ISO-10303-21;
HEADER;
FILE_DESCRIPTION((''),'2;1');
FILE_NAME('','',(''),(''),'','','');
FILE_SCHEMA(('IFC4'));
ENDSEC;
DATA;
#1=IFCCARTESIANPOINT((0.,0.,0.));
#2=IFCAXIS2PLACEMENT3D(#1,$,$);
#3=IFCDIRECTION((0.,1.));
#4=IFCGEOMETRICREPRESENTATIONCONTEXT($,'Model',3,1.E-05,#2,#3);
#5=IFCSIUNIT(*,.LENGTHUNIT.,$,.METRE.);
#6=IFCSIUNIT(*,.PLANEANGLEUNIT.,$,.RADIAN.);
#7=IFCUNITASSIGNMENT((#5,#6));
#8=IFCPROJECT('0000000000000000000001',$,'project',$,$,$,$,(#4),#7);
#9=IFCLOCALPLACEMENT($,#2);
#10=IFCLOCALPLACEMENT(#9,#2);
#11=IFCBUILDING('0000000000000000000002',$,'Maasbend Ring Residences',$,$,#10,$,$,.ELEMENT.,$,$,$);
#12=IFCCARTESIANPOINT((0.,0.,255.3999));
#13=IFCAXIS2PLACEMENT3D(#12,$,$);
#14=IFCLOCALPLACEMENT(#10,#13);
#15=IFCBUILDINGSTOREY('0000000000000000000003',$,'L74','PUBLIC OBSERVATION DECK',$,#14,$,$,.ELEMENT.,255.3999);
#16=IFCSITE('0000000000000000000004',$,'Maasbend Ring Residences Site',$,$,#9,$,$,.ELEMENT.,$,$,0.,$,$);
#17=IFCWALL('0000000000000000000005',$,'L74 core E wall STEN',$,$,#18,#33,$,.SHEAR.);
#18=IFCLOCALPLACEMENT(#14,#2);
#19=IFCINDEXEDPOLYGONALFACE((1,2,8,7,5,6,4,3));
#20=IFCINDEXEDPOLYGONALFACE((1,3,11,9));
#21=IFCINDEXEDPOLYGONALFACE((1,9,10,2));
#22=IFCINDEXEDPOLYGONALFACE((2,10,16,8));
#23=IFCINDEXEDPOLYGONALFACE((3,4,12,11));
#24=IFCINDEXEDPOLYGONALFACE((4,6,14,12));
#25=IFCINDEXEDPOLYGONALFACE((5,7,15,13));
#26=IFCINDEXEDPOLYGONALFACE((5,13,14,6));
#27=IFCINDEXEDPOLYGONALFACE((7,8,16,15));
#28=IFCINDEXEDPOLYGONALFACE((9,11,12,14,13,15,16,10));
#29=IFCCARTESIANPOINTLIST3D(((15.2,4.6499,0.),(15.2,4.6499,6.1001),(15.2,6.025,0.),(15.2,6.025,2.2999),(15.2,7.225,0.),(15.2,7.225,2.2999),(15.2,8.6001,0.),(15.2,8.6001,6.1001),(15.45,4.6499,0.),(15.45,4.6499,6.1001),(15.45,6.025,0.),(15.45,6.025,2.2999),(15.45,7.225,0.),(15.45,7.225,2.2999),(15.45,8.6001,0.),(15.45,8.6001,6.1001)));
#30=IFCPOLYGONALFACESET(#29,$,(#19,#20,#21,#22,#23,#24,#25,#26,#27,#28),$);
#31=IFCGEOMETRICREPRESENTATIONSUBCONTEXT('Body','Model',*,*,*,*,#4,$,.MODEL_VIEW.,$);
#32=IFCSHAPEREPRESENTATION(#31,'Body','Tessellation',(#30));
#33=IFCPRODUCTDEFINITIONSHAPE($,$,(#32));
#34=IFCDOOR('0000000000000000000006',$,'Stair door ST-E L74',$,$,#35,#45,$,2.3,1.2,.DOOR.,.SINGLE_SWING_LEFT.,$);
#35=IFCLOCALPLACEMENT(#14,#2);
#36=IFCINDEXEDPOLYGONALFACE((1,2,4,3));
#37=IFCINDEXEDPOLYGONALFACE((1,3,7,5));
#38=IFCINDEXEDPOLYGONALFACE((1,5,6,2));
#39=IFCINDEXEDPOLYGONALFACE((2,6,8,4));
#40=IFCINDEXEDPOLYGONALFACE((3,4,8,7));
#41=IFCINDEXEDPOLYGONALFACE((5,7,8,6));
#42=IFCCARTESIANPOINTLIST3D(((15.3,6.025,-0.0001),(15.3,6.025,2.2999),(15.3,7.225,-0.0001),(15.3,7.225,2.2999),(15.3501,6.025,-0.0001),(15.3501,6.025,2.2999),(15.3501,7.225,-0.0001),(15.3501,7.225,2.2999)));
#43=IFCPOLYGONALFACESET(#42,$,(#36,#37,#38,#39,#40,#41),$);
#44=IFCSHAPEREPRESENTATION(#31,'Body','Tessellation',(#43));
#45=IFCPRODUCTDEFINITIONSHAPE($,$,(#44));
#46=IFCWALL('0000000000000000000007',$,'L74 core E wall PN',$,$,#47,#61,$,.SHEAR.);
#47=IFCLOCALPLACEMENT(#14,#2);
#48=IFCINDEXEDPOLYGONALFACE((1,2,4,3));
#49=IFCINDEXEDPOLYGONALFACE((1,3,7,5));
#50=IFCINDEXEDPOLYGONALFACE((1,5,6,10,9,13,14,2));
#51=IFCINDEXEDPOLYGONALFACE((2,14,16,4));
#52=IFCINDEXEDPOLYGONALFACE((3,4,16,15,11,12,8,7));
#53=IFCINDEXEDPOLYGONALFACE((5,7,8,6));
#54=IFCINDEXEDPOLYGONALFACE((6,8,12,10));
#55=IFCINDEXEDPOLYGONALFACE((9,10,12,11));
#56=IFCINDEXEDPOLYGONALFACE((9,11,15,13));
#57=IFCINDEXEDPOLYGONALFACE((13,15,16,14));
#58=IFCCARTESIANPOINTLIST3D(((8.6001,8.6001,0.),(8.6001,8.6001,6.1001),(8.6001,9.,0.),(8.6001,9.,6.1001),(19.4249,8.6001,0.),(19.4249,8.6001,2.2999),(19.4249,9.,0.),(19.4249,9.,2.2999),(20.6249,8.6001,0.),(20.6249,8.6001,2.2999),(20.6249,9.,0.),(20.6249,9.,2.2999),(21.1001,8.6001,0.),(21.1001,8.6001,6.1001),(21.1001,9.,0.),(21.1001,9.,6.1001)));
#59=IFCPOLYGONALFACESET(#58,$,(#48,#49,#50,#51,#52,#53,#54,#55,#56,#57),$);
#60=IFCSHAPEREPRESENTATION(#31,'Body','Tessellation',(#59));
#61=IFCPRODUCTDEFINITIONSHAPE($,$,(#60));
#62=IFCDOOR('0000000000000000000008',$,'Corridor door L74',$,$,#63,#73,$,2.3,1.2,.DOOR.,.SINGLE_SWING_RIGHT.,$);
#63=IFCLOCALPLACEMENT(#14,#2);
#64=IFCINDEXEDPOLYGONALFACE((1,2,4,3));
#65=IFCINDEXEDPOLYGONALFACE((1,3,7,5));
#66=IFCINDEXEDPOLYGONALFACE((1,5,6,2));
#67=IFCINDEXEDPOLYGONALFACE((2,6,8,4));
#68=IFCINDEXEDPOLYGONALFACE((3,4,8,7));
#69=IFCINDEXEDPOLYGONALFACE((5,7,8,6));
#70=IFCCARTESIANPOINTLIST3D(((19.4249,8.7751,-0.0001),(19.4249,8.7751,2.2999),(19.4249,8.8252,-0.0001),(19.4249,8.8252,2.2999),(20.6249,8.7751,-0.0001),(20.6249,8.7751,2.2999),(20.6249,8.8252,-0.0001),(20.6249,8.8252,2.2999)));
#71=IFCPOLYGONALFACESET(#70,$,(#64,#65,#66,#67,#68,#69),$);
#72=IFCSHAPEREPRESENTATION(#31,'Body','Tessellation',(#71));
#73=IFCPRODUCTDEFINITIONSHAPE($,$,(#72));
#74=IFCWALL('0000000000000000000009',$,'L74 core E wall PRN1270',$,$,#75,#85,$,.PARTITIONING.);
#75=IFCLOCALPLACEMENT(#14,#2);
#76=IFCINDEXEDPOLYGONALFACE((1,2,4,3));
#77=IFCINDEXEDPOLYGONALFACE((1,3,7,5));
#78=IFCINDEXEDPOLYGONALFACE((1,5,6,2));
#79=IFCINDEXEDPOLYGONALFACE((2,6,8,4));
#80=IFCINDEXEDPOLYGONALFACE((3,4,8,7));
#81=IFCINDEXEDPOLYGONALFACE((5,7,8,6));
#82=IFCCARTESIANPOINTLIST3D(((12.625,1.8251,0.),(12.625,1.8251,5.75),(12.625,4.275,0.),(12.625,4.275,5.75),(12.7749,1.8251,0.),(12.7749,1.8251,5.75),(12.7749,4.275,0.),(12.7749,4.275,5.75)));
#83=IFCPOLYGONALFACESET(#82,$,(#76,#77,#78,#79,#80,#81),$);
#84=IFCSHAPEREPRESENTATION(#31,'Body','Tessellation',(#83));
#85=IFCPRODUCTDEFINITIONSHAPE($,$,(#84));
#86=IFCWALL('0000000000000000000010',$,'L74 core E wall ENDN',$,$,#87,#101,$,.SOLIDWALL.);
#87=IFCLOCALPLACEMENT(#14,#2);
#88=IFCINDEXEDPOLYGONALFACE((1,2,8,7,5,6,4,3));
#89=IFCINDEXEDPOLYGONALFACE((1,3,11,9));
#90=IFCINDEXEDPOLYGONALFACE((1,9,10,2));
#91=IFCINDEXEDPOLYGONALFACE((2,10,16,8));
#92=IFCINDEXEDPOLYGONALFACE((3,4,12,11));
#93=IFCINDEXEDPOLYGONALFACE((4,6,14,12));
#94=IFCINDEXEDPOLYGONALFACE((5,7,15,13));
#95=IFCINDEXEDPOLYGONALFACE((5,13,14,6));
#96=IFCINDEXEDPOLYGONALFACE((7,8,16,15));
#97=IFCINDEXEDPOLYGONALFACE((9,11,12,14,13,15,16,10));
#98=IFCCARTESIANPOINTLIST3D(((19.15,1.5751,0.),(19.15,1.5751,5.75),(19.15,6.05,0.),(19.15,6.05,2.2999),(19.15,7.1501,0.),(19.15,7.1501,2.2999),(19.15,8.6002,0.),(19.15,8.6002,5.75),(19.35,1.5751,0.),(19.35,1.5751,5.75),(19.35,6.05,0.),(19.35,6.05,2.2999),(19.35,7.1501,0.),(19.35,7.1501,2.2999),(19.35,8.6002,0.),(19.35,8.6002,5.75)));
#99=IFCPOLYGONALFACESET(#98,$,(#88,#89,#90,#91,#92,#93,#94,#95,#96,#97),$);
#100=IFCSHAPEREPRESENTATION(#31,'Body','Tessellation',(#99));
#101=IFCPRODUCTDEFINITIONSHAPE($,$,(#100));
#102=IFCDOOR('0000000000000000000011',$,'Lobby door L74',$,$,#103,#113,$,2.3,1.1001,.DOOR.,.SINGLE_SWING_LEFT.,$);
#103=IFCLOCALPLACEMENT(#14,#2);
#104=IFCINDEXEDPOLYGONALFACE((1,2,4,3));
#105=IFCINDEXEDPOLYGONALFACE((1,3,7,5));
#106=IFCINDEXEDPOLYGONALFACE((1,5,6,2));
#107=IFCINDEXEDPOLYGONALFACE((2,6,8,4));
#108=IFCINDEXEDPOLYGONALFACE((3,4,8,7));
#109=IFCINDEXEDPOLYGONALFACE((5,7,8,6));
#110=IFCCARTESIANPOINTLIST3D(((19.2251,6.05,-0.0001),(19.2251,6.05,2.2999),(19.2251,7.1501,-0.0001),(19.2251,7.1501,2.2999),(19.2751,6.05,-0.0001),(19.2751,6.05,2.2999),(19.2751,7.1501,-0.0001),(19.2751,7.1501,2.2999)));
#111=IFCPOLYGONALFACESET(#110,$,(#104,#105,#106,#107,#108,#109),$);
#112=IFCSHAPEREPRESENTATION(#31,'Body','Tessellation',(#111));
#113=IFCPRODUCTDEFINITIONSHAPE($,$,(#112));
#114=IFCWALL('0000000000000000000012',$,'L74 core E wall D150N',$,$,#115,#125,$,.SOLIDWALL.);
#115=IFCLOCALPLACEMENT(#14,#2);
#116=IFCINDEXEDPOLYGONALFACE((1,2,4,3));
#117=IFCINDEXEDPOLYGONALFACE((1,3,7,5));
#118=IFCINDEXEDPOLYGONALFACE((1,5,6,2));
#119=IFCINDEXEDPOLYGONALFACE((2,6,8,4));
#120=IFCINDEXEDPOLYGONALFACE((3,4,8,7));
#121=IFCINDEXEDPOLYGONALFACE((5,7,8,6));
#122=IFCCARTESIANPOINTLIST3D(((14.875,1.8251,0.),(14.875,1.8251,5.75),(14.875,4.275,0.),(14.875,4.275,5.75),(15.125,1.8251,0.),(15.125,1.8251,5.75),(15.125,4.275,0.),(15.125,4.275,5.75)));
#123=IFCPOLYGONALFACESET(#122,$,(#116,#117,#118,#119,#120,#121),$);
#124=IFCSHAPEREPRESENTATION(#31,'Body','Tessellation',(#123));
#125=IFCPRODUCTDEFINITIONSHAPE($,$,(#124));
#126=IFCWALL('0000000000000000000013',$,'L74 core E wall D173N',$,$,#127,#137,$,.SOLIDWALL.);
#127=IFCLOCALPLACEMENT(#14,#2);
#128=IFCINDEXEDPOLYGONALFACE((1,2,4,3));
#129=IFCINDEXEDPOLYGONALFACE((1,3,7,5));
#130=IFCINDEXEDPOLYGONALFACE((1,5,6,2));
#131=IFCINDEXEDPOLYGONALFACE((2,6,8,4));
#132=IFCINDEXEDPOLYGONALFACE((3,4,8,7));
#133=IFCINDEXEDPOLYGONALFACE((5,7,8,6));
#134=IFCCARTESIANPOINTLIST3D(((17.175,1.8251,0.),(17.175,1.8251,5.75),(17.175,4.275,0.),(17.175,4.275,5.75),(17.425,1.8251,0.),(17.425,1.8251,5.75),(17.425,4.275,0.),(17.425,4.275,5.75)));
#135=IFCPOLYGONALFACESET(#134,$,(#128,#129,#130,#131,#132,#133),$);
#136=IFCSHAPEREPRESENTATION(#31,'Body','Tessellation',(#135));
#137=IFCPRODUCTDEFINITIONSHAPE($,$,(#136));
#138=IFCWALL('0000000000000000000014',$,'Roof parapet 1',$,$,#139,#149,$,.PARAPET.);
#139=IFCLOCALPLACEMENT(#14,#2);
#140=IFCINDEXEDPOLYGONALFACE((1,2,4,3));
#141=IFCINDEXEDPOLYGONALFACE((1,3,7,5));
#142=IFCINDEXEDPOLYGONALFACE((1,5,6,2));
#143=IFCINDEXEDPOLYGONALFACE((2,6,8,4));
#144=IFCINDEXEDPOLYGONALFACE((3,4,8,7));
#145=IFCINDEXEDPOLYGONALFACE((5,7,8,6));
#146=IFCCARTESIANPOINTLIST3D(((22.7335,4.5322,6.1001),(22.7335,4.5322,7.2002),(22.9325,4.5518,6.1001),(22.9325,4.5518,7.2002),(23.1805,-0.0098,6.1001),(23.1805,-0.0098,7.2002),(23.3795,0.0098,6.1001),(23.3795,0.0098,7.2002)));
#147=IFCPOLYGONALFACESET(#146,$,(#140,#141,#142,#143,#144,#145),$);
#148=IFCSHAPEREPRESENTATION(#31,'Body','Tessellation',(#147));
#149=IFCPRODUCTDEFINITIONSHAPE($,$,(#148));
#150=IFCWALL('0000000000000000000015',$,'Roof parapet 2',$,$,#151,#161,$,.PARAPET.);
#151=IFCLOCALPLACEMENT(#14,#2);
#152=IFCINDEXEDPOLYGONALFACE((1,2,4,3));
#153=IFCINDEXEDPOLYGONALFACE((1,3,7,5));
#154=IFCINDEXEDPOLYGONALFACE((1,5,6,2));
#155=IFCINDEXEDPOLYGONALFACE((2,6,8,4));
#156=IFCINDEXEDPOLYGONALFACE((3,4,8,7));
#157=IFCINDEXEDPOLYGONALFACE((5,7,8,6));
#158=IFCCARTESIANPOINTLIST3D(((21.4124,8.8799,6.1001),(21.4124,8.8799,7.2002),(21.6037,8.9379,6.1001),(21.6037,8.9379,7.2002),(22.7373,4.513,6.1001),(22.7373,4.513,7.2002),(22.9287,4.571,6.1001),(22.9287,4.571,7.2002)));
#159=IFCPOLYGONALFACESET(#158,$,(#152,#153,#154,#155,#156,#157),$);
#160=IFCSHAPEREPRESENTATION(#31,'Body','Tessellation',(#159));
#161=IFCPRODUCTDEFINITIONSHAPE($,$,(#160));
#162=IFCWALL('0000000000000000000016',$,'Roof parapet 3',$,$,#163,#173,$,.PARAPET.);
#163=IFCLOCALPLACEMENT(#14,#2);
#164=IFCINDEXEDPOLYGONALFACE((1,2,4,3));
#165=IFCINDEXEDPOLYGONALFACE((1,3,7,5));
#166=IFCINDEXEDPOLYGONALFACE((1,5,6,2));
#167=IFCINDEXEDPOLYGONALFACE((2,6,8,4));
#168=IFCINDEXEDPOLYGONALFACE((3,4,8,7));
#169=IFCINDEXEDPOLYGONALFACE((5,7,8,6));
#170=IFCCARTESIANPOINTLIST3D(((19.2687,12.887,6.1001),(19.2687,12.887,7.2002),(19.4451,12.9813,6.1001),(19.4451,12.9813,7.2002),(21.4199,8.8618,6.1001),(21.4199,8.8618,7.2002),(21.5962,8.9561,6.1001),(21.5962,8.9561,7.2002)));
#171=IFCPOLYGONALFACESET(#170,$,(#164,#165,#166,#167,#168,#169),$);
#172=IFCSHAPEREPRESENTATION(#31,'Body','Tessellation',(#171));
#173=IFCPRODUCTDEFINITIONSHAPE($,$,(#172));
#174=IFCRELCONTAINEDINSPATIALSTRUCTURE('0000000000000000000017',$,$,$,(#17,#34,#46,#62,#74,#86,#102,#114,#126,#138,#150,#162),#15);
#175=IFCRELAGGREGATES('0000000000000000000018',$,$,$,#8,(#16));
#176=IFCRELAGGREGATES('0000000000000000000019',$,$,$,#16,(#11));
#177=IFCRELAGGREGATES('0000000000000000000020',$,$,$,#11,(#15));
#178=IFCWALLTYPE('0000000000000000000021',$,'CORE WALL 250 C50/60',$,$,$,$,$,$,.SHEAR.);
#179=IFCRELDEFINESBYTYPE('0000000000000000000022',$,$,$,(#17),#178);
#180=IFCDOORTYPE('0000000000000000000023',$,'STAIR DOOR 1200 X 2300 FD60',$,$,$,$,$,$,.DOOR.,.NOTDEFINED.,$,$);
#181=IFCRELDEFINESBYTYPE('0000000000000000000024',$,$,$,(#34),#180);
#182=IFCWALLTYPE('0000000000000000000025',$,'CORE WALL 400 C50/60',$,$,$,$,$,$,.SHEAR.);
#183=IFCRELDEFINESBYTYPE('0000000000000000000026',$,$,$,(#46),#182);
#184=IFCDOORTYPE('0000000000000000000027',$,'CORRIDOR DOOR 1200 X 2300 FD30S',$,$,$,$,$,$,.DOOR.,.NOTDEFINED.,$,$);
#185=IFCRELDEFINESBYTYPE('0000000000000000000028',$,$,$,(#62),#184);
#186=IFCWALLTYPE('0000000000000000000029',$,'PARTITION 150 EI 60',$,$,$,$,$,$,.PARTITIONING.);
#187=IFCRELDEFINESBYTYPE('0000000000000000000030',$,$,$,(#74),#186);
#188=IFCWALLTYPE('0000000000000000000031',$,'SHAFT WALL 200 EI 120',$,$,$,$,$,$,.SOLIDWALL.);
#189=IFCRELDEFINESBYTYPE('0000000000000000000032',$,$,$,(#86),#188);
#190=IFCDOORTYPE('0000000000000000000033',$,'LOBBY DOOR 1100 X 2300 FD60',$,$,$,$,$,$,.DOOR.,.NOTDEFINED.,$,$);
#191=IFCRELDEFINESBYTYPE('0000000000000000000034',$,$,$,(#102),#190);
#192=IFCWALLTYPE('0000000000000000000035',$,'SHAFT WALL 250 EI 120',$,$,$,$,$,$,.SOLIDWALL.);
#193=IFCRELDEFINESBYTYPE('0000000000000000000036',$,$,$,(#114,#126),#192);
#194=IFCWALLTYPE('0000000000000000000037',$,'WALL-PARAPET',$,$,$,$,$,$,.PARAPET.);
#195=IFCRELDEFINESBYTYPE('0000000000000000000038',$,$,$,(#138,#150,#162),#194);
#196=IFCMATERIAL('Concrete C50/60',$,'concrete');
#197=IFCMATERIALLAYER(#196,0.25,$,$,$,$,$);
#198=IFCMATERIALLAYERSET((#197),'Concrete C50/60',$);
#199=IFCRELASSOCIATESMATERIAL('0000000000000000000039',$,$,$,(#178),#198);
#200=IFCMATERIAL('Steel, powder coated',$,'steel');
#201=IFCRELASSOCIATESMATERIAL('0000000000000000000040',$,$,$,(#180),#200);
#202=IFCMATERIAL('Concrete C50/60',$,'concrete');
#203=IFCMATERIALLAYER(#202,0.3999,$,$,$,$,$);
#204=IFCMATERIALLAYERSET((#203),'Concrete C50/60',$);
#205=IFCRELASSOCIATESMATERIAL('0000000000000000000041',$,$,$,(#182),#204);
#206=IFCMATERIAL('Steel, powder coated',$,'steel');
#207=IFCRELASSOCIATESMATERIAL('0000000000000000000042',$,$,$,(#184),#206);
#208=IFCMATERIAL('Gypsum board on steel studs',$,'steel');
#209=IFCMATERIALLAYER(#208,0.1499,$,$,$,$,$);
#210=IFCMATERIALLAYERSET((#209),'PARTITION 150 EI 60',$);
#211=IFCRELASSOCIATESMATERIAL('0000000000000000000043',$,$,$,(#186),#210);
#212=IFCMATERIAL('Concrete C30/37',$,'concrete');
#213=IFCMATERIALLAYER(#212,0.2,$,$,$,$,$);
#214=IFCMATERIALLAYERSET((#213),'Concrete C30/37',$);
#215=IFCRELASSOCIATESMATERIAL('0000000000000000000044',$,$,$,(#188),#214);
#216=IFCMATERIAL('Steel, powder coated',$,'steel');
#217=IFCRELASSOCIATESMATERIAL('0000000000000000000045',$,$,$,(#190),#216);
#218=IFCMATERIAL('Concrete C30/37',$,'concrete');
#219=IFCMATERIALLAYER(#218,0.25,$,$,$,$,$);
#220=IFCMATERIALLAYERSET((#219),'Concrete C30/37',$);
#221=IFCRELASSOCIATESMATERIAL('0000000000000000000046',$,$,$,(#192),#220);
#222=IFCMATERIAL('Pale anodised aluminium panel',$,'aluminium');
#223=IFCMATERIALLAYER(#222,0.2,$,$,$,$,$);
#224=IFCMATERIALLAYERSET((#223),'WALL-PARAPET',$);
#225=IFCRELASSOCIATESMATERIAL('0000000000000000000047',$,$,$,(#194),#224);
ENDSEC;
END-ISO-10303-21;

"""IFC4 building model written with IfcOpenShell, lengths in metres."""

from ifc_helpers import new_model, si_unit, direction, frame, frame_2d, origin, place, context, subcontext, project, spatial, rectangle, extrude, material, layer, layer_set, type_object, element, fill, save


model = new_model("IFC4")

# Units and contexts
model_context = context("Model", 3, precision=1e-05, world=origin(), true_north=direction((0.0, 1.0)))
body_context = subcontext(model_context, "Body", "Model", "MODEL_VIEW")
ifc_project = project(units=[si_unit("LENGTHUNIT", "METRE"), si_unit("PLANEANGLEUNIT", "RADIAN")], contexts=[model_context])

# Site, building, storey
site_placement = place(None, origin())
site = spatial("IfcSite", under=ifc_project, at=site_placement, Name="Maasbend Ring Residences Site", CompositionType="ELEMENT", RefElevation=0.0)
building_placement = place(site_placement, origin())
building = spatial("IfcBuilding", under=site, at=building_placement, Name="Maasbend Ring Residences", CompositionType="ELEMENT")
storey_placement = place(building_placement, frame((0.0, 0.0, 255.3999)))
storey = spatial("IfcBuildingStorey", under=building, at=storey_placement, Name="L74", Description="PUBLIC OBSERVATION DECK", CompositionType="ELEMENT", Elevation=255.3999)

# Walls, openings, doors
ifc_material_1 = material(Name="Concrete C50/60", Category="concrete")
ifc_layer_1 = layer(ifc_material_1, 0.25)
ifc_layer_set_1 = layer_set([ifc_layer_1], Name="Concrete C50/60")
wall_type_1 = type_object("IfcWallType", Name="CORE WALL 250 C50/60", PredefinedType="SHEAR", material=ifc_layer_set_1)
wall_1_placement = place(storey_placement, frame((15.325, 4.6499, 0.0), z_axis=(0.0, 0.0, 1.0), x_axis=(0.0, 1.0, 0.0)))
wall_1 = element("IfcWall", 1, at=wall_1_placement, inside=storey, type_object=wall_type_1, Name="L74 core E wall STEN", PredefinedType="SHEAR", context=body_context, shape_type="SweptSolid", body=[
    extrude(rectangle(XDim=3.9502, YDim=0.25, at=frame_2d((1.9751, 0.0))), origin(), (0.0, 0.0, 1.0), 6.1001),
])
opening_1_placement = place(wall_1_placement, frame((1.375, 0.0, 0.0)))
opening_1 = element("IfcOpeningElement", 2, at=opening_1_placement, cuts=wall_1, PredefinedType="OPENING", context=body_context, shape_type="SweptSolid", body=[
    extrude(rectangle(XDim=1.2, YDim=2.3, at=frame_2d((0.6001, 1.1499))), frame((0.0, 0.135, 0.0), z_axis=(0.0, -1.0, 0.0), x_axis=(1.0, 0.0, 0.0)), (0.0, 0.0, 1.0), 0.27),
])
ifc_material_2 = material(Name="Steel, powder coated", Category="steel")
door_type_1 = type_object("IfcDoorType", Name="STAIR DOOR 1200 X 2300 FD60", OperationType="NOTDEFINED", PredefinedType="DOOR", material=ifc_material_2)
door_1_placement = place(opening_1_placement, origin())
door_1 = element("IfcDoor", 3, at=door_1_placement, inside=storey, type_object=door_type_1, Name="Stair door ST-E L74", OperationType="SINGLE_SWING_LEFT", OverallHeight=2.3, OverallWidth=1.2, PredefinedType="DOOR", context=body_context, shape_type="SweptSolid", body=[
    extrude(rectangle(XDim=1.2, YDim=2.3, at=frame_2d((0.6001, 1.1499))), frame((0.0, 0.0249, 0.0), z_axis=(0.0, -1.0, 0.0), x_axis=(1.0, 0.0, 0.0)), (0.0, 0.0, 1.0), 0.05),
])
fill(opening_1, door_1)
ifc_material_3 = material(Name="Concrete C50/60", Category="concrete")
ifc_layer_2 = layer(ifc_material_3, 0.3999)
ifc_layer_set_2 = layer_set([ifc_layer_2], Name="Concrete C50/60")
wall_type_2 = type_object("IfcWallType", Name="CORE WALL 400 C50/60", PredefinedType="SHEAR", material=ifc_layer_set_2)
wall_2_placement = place(storey_placement, frame((21.1001, 8.8, 0.0), z_axis=(0.0, 0.0, 1.0), x_axis=(-1.0, 0.0, 0.0)))
wall_2 = element("IfcWall", 4, at=wall_2_placement, inside=storey, type_object=wall_type_2, Name="L74 core E wall PN", PredefinedType="SHEAR", context=body_context, shape_type="SweptSolid", body=[
    extrude(rectangle(XDim=12.5, YDim=0.3999, at=frame_2d((6.25, 0.0))), origin(), (0.0, 0.0, 1.0), 6.1001),
])
opening_2_placement = place(wall_2_placement, frame((0.4751, 0.0, 0.0)))
opening_2 = element("IfcOpeningElement", 5, at=opening_2_placement, cuts=wall_2, PredefinedType="OPENING", context=body_context, shape_type="SweptSolid", body=[
    extrude(rectangle(XDim=1.2, YDim=2.3, at=frame_2d((0.6001, 1.1499))), frame((0.0, 0.21, 0.0), z_axis=(0.0, -1.0, 0.0), x_axis=(1.0, 0.0, 0.0)), (0.0, 0.0, 1.0), 0.4199),
])
ifc_material_4 = material(Name="Steel, powder coated", Category="steel")
door_type_2 = type_object("IfcDoorType", Name="CORRIDOR DOOR 1200 X 2300 FD30S", OperationType="NOTDEFINED", PredefinedType="DOOR", material=ifc_material_4)
door_2_placement = place(opening_2_placement, origin())
door_2 = element("IfcDoor", 6, at=door_2_placement, inside=storey, type_object=door_type_2, Name="Corridor door L74", OperationType="SINGLE_SWING_RIGHT", OverallHeight=2.3, OverallWidth=1.2, PredefinedType="DOOR", context=body_context, shape_type="SweptSolid", body=[
    extrude(rectangle(XDim=1.2, YDim=2.3, at=frame_2d((0.6001, 1.1499))), frame((0.0, 0.0249, 0.0), z_axis=(0.0, -1.0, 0.0), x_axis=(1.0, 0.0, 0.0)), (0.0, 0.0, 1.0), 0.05),
])
fill(opening_2, door_2)

# Wall
ifc_material_5 = material(Name="Gypsum board on steel studs", Category="steel")
ifc_layer_3 = layer(ifc_material_5, 0.1499)
ifc_layer_set_3 = layer_set([ifc_layer_3], Name="PARTITION 150 EI 60")
wall_type_3 = type_object("IfcWallType", Name="PARTITION 150 EI 60", PredefinedType="PARTITIONING", material=ifc_layer_set_3)
wall_3_placement = place(storey_placement, frame((12.7, 1.825, 0.0), z_axis=(0.0, 0.0, 1.0), x_axis=(0.0, 1.0, 0.0)))
element("IfcWall", 7, at=wall_3_placement, inside=storey, type_object=wall_type_3, Name="L74 core E wall PRN1270", PredefinedType="PARTITIONING", context=body_context, shape_type="SweptSolid", body=[
    extrude(rectangle(XDim=2.45, YDim=0.1499, at=frame_2d((1.2251, 0.0))), origin(), (0.0, 0.0, 1.0), 5.75),
])

# Wall, opening, door
ifc_material_6 = material(Name="Concrete C30/37", Category="concrete")
ifc_layer_4 = layer(ifc_material_6, 0.2)
ifc_layer_set_4 = layer_set([ifc_layer_4], Name="Concrete C30/37")
wall_type_4 = type_object("IfcWallType", Name="SHAFT WALL 200 EI 120", PredefinedType="SOLIDWALL", material=ifc_layer_set_4)
wall_4_placement = place(storey_placement, frame((19.25, 1.575, 0.0), z_axis=(0.0, 0.0, 1.0), x_axis=(0.0, 1.0, 0.0)))
wall_4 = element("IfcWall", 8, at=wall_4_placement, inside=storey, type_object=wall_type_4, Name="L74 core E wall ENDN", PredefinedType="SOLIDWALL", context=body_context, shape_type="SweptSolid", body=[
    extrude(rectangle(XDim=7.0251, YDim=0.2, at=frame_2d((3.5127, 0.0))), origin(), (0.0, 0.0, 1.0), 5.75),
])
opening_3_placement = place(wall_4_placement, frame((4.4751, 0.0, 0.0)))
opening_3 = element("IfcOpeningElement", 9, at=opening_3_placement, cuts=wall_4, PredefinedType="OPENING", context=body_context, shape_type="SweptSolid", body=[
    extrude(rectangle(XDim=1.1001, YDim=2.3, at=frame_2d((0.55, 1.1499))), frame((0.0, 0.1099, 0.0), z_axis=(0.0, -1.0, 0.0), x_axis=(1.0, 0.0, 0.0)), (0.0, 0.0, 1.0), 0.22),
])
ifc_material_7 = material(Name="Steel, powder coated", Category="steel")
door_type_3 = type_object("IfcDoorType", Name="LOBBY DOOR 1100 X 2300 FD60", OperationType="NOTDEFINED", PredefinedType="DOOR", material=ifc_material_7)
door_3_placement = place(opening_3_placement, origin())
door_3 = element("IfcDoor", 10, at=door_3_placement, inside=storey, type_object=door_type_3, Name="Lobby door L74", OperationType="SINGLE_SWING_LEFT", OverallHeight=2.3, OverallWidth=1.1001, PredefinedType="DOOR", context=body_context, shape_type="SweptSolid", body=[
    extrude(rectangle(XDim=1.1001, YDim=2.3, at=frame_2d((0.55, 1.1499))), frame((0.0, 0.0249, 0.0), z_axis=(0.0, -1.0, 0.0), x_axis=(1.0, 0.0, 0.0)), (0.0, 0.0, 1.0), 0.05),
])
fill(opening_3, door_3)

# Walls
ifc_material_8 = material(Name="Concrete C30/37", Category="concrete")
ifc_layer_5 = layer(ifc_material_8, 0.25)
ifc_layer_set_5 = layer_set([ifc_layer_5], Name="Concrete C30/37")
wall_type_5 = type_object("IfcWallType", Name="SHAFT WALL 250 EI 120", PredefinedType="SOLIDWALL", material=ifc_layer_set_5)
for number, where, z_axis, x_axis, name in (
    (11, (15.0, 1.825, 0.0), (0.0, 0.0, 1.0), (0.0, 1.0, 0.0), "L74 core E wall D150N"),
    (12, (17.3, 1.825, 0.0), (0.0, 0.0, 1.0), (0.0, 1.0, 0.0), "L74 core E wall D173N"),
):
    element("IfcWall", number, at=place(storey_placement, frame(where, z_axis=z_axis, x_axis=x_axis)), inside=storey, type_object=wall_type_5, Name=name, PredefinedType="SOLIDWALL", context=body_context, shape_type="SweptSolid", body=[
        extrude(rectangle(XDim=2.45, YDim=0.25, at=frame_2d((1.2251, 0.0))), origin(), (0.0, 0.0, 1.0), 5.75),
    ])
ifc_material_9 = material(Name="Pale anodised aluminium panel", Category="aluminium")
ifc_layer_6 = layer(ifc_material_9, 0.2)
ifc_layer_set_6 = layer_set([ifc_layer_6], Name="WALL-PARAPET")
wall_type_6 = type_object("IfcWallType", Name="WALL-PARAPET", PredefinedType="PARAPET", material=ifc_layer_set_6)
wall_5_placement = place(storey_placement, frame((23.28, 0.0, 6.1001), z_axis=(0.0, 0.0, 1.0), x_axis=(-0.097946, 0.995192, 0.0)))
element("IfcWall", 13, at=wall_5_placement, inside=storey, type_object=wall_type_6, Name="Roof parapet 1", PredefinedType="PARAPET", context=body_context, shape_type="SweptSolid", body=[
    extrude(rectangle(XDim=4.564, YDim=0.2, at=frame_2d((2.282, 0.0))), origin(), (0.0, 0.0, 1.0), 1.1001),
])
wall_6_placement = place(storey_placement, frame((22.833, 4.542, 6.1001), z_axis=(0.0, 0.0, 1.0), x_axis=(-0.290336, 0.956925, 0.0)))
element("IfcWall", 14, at=wall_6_placement, inside=storey, type_object=wall_type_6, Name="Roof parapet 2", PredefinedType="PARAPET", context=body_context, shape_type="SweptSolid", body=[
    extrude(rectangle(XDim=4.5635, YDim=0.2, at=frame_2d((2.2817, 0.0))), origin(), (0.0, 0.0, 1.0), 1.1001),
])
wall_7_placement = place(storey_placement, frame((21.5081, 8.9089, 6.1001), z_axis=(0.0, 0.0, 1.0), x_axis=(-0.471335, 0.881954, 0.0)))
element("IfcWall", 15, at=wall_7_placement, inside=storey, type_object=wall_type_6, Name="Roof parapet 3", PredefinedType="PARAPET", context=body_context, shape_type="SweptSolid", body=[
    extrude(rectangle(XDim=4.564, YDim=0.2, at=frame_2d((2.282, 0.0))), origin(), (0.0, 0.0, 1.0), 1.1001),
])

save(model, "model.ifc")
